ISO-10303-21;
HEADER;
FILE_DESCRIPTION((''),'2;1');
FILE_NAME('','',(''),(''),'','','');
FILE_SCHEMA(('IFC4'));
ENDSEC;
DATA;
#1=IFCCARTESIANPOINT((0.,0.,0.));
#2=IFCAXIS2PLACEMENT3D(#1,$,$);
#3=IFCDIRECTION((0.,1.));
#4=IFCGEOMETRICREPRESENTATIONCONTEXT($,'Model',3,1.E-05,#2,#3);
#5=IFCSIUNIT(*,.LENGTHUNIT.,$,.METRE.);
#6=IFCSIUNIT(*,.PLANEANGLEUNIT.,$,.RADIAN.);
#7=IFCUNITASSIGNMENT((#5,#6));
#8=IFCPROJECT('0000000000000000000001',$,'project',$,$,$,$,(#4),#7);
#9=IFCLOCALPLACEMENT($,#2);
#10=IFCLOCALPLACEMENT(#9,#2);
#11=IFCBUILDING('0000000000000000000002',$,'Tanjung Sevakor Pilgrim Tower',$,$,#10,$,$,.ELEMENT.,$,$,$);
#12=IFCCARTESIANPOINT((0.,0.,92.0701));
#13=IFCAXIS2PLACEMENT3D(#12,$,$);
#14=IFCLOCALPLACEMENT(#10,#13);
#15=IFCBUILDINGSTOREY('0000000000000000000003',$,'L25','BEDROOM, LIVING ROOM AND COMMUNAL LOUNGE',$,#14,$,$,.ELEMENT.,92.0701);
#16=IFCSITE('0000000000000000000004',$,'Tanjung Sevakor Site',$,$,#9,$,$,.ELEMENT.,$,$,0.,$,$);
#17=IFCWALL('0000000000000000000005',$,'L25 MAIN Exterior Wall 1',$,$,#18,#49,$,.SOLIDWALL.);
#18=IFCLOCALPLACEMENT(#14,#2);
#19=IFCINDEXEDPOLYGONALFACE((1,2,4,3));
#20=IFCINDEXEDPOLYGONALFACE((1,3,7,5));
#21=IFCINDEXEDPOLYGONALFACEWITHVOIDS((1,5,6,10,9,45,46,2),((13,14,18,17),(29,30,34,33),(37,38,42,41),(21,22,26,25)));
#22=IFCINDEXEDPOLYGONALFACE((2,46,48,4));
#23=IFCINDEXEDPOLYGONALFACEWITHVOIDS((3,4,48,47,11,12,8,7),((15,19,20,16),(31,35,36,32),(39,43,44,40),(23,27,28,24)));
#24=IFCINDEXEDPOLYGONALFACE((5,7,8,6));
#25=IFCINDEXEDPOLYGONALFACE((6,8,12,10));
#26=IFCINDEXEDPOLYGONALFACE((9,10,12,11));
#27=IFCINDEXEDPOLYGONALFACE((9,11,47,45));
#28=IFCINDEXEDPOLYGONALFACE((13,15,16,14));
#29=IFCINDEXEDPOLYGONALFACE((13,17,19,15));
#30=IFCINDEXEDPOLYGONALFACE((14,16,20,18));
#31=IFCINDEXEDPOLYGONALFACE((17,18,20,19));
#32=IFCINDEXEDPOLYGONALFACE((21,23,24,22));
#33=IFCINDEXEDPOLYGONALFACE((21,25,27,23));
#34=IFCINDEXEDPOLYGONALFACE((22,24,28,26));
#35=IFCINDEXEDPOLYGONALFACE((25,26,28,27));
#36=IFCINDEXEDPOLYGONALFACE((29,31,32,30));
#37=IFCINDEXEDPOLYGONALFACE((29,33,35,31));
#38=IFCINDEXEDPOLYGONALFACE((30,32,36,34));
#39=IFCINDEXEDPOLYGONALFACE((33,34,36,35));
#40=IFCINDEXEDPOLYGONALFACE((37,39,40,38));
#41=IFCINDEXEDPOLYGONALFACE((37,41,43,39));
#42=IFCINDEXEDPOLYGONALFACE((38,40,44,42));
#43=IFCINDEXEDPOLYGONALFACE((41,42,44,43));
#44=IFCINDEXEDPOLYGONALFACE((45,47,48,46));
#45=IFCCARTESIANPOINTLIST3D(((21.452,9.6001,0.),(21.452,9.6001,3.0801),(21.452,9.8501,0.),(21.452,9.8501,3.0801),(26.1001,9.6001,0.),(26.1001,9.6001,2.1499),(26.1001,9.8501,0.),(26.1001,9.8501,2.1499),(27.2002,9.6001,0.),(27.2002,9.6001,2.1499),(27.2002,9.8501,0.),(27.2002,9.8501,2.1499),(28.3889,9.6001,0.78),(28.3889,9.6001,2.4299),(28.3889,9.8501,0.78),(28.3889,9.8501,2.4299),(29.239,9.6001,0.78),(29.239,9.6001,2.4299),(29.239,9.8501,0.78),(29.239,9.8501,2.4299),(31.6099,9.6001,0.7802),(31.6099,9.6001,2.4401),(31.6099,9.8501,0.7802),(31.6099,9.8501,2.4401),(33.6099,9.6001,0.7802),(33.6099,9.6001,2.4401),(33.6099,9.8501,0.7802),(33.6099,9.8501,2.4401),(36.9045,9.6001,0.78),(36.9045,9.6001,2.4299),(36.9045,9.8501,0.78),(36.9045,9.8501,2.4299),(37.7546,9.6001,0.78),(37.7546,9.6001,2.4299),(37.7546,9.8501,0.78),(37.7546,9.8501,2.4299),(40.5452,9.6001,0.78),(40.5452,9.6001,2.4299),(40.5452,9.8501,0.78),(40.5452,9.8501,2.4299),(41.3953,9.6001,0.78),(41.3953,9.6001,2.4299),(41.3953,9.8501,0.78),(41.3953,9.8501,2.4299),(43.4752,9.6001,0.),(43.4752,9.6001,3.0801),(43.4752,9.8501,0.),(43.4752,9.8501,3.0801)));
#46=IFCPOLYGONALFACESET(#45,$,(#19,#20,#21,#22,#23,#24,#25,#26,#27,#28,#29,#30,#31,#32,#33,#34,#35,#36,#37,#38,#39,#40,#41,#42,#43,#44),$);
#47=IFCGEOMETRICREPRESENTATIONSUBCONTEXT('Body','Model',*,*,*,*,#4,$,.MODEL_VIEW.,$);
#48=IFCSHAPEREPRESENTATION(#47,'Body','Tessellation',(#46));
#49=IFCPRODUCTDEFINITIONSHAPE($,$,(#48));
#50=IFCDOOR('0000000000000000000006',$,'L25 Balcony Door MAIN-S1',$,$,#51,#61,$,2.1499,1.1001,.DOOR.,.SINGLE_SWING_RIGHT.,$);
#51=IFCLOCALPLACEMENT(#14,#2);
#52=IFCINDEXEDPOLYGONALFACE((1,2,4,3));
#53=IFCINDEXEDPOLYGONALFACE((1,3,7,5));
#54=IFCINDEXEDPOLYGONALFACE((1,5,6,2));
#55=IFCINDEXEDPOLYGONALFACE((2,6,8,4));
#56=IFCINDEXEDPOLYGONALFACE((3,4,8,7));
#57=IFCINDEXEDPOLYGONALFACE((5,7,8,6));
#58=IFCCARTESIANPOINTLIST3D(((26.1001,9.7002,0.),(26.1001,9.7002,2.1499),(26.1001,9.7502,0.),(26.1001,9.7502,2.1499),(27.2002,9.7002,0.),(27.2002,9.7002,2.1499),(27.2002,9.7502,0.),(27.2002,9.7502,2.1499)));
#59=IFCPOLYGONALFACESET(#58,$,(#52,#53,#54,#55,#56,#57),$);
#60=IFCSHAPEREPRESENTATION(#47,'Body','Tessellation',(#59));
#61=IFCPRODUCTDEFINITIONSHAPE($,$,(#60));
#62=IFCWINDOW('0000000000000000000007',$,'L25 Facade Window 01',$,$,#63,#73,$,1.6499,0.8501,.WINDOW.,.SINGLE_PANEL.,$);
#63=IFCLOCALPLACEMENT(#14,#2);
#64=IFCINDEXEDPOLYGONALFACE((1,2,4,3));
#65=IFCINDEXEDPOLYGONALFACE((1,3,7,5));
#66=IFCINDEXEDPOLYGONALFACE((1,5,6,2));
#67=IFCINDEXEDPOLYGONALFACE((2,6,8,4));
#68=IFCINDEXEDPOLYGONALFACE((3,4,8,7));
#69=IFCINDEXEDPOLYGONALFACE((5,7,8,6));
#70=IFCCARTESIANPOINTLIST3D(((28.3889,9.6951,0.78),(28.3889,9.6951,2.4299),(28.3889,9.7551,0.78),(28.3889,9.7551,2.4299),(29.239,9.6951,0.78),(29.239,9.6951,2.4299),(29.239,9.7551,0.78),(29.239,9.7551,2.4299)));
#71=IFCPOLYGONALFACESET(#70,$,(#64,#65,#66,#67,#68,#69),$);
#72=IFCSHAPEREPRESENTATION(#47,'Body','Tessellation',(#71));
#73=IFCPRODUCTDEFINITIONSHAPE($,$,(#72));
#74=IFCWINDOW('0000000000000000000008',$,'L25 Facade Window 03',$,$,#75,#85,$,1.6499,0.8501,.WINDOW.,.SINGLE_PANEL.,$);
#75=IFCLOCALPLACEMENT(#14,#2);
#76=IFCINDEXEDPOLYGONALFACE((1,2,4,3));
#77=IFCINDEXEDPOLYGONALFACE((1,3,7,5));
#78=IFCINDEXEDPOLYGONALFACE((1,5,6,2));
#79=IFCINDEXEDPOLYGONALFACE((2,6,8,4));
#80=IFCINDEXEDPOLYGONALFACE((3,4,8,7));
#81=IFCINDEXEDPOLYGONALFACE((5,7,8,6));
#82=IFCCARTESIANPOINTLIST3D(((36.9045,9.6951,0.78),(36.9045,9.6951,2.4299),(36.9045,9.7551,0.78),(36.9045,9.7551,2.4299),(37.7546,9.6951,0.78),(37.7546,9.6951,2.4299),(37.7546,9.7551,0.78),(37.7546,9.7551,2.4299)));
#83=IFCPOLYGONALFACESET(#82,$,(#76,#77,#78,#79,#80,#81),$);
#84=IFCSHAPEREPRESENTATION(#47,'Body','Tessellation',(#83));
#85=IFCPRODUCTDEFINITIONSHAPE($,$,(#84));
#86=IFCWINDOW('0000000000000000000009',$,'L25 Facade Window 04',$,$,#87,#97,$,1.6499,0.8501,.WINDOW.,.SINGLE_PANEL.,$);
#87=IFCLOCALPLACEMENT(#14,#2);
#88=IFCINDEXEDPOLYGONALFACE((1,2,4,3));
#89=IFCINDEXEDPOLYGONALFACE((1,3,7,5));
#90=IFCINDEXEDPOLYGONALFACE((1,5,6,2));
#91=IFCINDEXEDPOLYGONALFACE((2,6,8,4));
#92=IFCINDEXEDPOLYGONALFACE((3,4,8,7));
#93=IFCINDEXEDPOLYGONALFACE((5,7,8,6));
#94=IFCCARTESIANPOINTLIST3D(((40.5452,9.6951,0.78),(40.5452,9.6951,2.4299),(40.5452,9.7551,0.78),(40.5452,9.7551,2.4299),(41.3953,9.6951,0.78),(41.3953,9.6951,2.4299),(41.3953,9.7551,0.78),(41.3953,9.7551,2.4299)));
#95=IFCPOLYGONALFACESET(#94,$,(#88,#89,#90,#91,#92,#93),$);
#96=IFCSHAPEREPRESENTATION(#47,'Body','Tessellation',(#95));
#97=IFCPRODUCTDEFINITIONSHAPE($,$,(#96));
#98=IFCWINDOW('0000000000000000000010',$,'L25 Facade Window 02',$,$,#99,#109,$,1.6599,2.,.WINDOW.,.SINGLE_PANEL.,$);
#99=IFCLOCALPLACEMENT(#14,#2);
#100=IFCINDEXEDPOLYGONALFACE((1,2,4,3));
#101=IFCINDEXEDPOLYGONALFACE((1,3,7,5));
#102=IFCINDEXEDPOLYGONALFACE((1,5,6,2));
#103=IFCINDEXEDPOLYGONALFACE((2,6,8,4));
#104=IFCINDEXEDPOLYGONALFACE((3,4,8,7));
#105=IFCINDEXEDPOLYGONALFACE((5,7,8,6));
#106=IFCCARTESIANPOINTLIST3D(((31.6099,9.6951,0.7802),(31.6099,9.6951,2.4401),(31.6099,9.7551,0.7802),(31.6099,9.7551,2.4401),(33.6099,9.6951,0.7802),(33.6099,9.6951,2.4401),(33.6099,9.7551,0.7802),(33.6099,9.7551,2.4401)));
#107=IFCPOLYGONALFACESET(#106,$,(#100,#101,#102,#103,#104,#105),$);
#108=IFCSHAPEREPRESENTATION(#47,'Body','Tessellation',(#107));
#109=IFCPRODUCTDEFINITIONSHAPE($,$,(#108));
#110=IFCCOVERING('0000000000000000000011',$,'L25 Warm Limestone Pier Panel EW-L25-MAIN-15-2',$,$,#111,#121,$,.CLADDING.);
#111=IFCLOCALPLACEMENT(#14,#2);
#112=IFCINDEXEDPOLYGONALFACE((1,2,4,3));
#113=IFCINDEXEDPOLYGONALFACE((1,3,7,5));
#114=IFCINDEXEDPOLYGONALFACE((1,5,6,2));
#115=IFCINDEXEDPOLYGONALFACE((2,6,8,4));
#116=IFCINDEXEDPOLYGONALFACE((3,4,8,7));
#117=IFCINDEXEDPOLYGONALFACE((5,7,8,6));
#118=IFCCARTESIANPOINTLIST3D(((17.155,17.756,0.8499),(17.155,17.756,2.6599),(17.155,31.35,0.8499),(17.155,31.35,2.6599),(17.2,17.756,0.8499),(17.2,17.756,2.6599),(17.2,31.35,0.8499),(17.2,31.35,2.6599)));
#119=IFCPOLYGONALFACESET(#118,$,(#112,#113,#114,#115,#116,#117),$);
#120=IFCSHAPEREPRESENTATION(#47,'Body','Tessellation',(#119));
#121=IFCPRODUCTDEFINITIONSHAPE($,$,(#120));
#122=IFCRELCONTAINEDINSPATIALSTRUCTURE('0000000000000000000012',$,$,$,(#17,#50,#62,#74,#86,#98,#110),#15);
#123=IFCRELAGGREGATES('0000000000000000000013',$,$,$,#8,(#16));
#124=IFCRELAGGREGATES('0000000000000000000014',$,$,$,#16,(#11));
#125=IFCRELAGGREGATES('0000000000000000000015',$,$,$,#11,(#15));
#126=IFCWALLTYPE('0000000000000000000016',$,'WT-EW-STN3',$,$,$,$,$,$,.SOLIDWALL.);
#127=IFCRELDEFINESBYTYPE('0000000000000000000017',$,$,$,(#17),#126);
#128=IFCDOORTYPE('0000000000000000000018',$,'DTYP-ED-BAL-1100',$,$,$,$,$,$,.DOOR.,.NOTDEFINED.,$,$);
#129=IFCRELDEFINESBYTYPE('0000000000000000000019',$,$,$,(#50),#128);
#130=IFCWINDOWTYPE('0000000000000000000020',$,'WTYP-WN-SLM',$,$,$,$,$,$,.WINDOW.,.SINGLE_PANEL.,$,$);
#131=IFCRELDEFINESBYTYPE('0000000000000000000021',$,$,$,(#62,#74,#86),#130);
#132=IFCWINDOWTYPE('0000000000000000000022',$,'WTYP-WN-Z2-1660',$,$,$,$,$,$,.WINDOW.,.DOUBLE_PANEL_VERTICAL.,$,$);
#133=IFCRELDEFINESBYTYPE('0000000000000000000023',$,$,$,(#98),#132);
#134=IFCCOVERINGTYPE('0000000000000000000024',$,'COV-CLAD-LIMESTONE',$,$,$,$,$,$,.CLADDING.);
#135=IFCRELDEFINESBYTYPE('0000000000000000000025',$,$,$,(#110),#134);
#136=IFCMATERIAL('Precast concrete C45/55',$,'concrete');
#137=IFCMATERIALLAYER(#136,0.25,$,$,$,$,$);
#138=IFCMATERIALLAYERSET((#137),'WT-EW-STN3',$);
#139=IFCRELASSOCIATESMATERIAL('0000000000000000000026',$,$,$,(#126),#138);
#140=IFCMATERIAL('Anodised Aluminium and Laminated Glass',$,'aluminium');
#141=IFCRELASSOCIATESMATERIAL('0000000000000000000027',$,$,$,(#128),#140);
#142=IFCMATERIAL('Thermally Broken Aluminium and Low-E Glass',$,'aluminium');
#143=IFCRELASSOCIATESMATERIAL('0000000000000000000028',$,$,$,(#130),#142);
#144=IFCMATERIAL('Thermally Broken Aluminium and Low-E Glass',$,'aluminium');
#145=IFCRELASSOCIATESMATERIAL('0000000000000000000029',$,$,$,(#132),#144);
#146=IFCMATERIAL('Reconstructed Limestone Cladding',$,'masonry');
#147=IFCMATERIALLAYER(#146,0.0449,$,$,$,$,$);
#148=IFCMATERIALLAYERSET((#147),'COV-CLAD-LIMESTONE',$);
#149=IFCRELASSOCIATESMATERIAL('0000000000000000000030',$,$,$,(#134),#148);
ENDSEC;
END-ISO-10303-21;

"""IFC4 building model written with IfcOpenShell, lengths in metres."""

from ifc_helpers import new_model, si_unit, direction, frame, frame_2d, origin, origin_2d, place, context, subcontext, project, spatial, rectangle, extrude, material, layer, layer_set, type_object, element, fill, save


model = new_model("IFC4")

# Units and contexts
model_context = context("Model", 3, precision=1e-05, world=origin(), true_north=direction((0.0, 1.0)))
body_context = subcontext(model_context, "Body", "Model", "MODEL_VIEW")
ifc_project = project(units=[si_unit("LENGTHUNIT", "METRE"), si_unit("PLANEANGLEUNIT", "RADIAN")], contexts=[model_context])

# Site, building, storey
site_placement = place(None, origin())
site = spatial("IfcSite", under=ifc_project, at=site_placement, Name="Tanjung Sevakor Site", CompositionType="ELEMENT", RefElevation=0.0)
building_placement = place(site_placement, origin())
building = spatial("IfcBuilding", under=site, at=building_placement, Name="Tanjung Sevakor Pilgrim Tower", CompositionType="ELEMENT")
storey_placement = place(building_placement, frame((0.0, 0.0, 92.0701)))
storey = spatial("IfcBuildingStorey", under=building, at=storey_placement, Name="L25", Description="BEDROOM, LIVING ROOM AND COMMUNAL LOUNGE", CompositionType="ELEMENT", Elevation=92.0701)

# Wall, openings, door, windows
ifc_material_1 = material(Name="Precast concrete C45/55", Category="concrete")
ifc_layer_1 = layer(ifc_material_1, 0.25)
ifc_layer_set_1 = layer_set([ifc_layer_1], Name="WT-EW-STN3")
wall_type_1 = type_object("IfcWallType", Name="WT-EW-STN3", PredefinedType="SOLIDWALL", material=ifc_layer_set_1)
wall_1_placement = place(storey_placement, frame((21.4519, 9.7251, 0.0), z_axis=(0.0, 0.0, 1.0), x_axis=(1.0, 0.0, 0.0)))
wall_1 = element("IfcWall", 1, at=wall_1_placement, inside=storey, type_object=wall_type_1, Name="L25 MAIN Exterior Wall 1", PredefinedType="SOLIDWALL", context=body_context, shape_type="SweptSolid", body=[
    extrude(rectangle(XDim=22.0232, YDim=0.25, at=frame_2d((11.0117, 0.0))), origin(), (0.0, 0.0, 1.0), 3.0801),
])
opening_1_placement = place(wall_1_placement, frame((4.6482, 0.0, 0.0)))
opening_1 = element("IfcOpeningElement", 2, at=opening_1_placement, cuts=wall_1, PredefinedType="OPENING", context=body_context, shape_type="SweptSolid", body=[
    extrude(rectangle(XDim=1.1001, YDim=2.1499, at=frame_2d((0.55, 1.075))), frame((0.0, 0.135, 0.0), z_axis=(0.0, -1.0, 0.0), x_axis=(1.0, 0.0, 0.0)), (0.0, 0.0, 1.0), 0.27),
])
opening_2_placement = place(wall_1_placement, frame((6.937, 0.0, 0.78)))
opening_2 = element("IfcOpeningElement", 3, at=opening_2_placement, cuts=wall_1, PredefinedType="OPENING", context=body_context, shape_type="SweptSolid", body=[
    extrude(rectangle(XDim=0.8501, YDim=1.6499, at=frame_2d((0.425, 0.825))), frame((0.0, 0.135, 0.0), z_axis=(0.0, -1.0, 0.0), x_axis=(1.0, 0.0, 0.0)), (0.0, 0.0, 1.0), 0.27),
])
opening_3_placement = place(wall_1_placement, frame((10.158, 0.0, 0.78)))
opening_3 = element("IfcOpeningElement", 4, at=opening_3_placement, cuts=wall_1, PredefinedType="OPENING", context=body_context, shape_type="SweptSolid", body=[
    extrude(rectangle(XDim=2.0, YDim=1.6599, at=frame_2d((1.0, 0.8301))), frame((0.0, 0.135, 0.0), z_axis=(0.0, -1.0, 0.0), x_axis=(1.0, 0.0, 0.0)), (0.0, 0.0, 1.0), 0.27),
])
opening_4_placement = place(wall_1_placement, frame((15.4526, 0.0, 0.78)))
opening_4 = element("IfcOpeningElement", 5, at=opening_4_placement, cuts=wall_1, PredefinedType="OPENING", context=body_context, shape_type="SweptSolid", body=[
    extrude(rectangle(XDim=0.8501, YDim=1.6499, at=frame_2d((0.425, 0.825))), frame((0.0, 0.135, 0.0), z_axis=(0.0, -1.0, 0.0), x_axis=(1.0, 0.0, 0.0)), (0.0, 0.0, 1.0), 0.27),
])
opening_5_placement = place(wall_1_placement, frame((19.0933, 0.0, 0.78)))
opening_5 = element("IfcOpeningElement", 6, at=opening_5_placement, cuts=wall_1, PredefinedType="OPENING", context=body_context, shape_type="SweptSolid", body=[
    extrude(rectangle(XDim=0.8501, YDim=1.6499, at=frame_2d((0.425, 0.825))), frame((0.0, 0.135, 0.0), z_axis=(0.0, -1.0, 0.0), x_axis=(1.0, 0.0, 0.0)), (0.0, 0.0, 1.0), 0.27),
])
ifc_material_2 = material(Name="Anodised Aluminium and Laminated Glass", Category="aluminium")
door_type_1 = type_object("IfcDoorType", Name="DTYP-ED-BAL-1100", OperationType="NOTDEFINED", PredefinedType="DOOR", material=ifc_material_2)
door_1_placement = place(opening_1_placement, frame((1.1001, 0.0, 0.0), z_axis=(0.0, 0.0, 1.0), x_axis=(-1.0, 0.0, 0.0)))
door_1 = element("IfcDoor", 7, at=door_1_placement, inside=storey, type_object=door_type_1, Name="L25 Balcony Door MAIN-S1", OperationType="SINGLE_SWING_RIGHT", OverallHeight=2.1499, OverallWidth=1.1001, PredefinedType="DOOR", context=body_context, shape_type="SweptSolid", body=[
    extrude(rectangle(XDim=1.1001, YDim=2.1499, at=frame_2d((0.55, 1.075))), frame((0.0, 0.0249, 0.0), z_axis=(0.0, -1.0, 0.0), x_axis=(1.0, 0.0, 0.0)), (0.0, 0.0, 1.0), 0.05),
])
fill(opening_1, door_1)
ifc_material_3 = material(Name="Thermally Broken Aluminium and Low-E Glass", Category="aluminium")
window_type_1 = type_object("IfcWindowType", Name="WTYP-WN-SLM", PartitioningType="SINGLE_PANEL", PredefinedType="WINDOW", material=ifc_material_3)
window_1_placement = place(opening_2_placement, origin())
window_1 = element("IfcWindow", 8, at=window_1_placement, inside=storey, type_object=window_type_1, Name="L25 Facade Window 01", OverallHeight=1.6499, OverallWidth=0.8501, PartitioningType="SINGLE_PANEL", PredefinedType="WINDOW", context=body_context, shape_type="SweptSolid", body=[
    extrude(rectangle(XDim=0.8501, YDim=1.6499, at=frame_2d((0.425, 0.825))), frame((0.0, 0.03, 0.0), z_axis=(0.0, -1.0, 0.0), x_axis=(1.0, 0.0, 0.0)), (0.0, 0.0, 1.0), 0.0601),
])
fill(opening_2, window_1)
window_2_placement = place(opening_4_placement, origin())
window_2 = element("IfcWindow", 9, at=window_2_placement, inside=storey, type_object=window_type_1, Name="L25 Facade Window 03", OverallHeight=1.6499, OverallWidth=0.8501, PartitioningType="SINGLE_PANEL", PredefinedType="WINDOW", context=body_context, shape_type="SweptSolid", body=[
    extrude(rectangle(XDim=0.8501, YDim=1.6499, at=frame_2d((0.425, 0.825))), frame((0.0, 0.03, 0.0), z_axis=(0.0, -1.0, 0.0), x_axis=(1.0, 0.0, 0.0)), (0.0, 0.0, 1.0), 0.0601),
])
fill(opening_4, window_2)
window_3_placement = place(opening_5_placement, origin())
window_3 = element("IfcWindow", 10, at=window_3_placement, inside=storey, type_object=window_type_1, Name="L25 Facade Window 04", OverallHeight=1.6499, OverallWidth=0.8501, PartitioningType="SINGLE_PANEL", PredefinedType="WINDOW", context=body_context, shape_type="SweptSolid", body=[
    extrude(rectangle(XDim=0.8501, YDim=1.6499, at=frame_2d((0.425, 0.825))), frame((0.0, 0.03, 0.0), z_axis=(0.0, -1.0, 0.0), x_axis=(1.0, 0.0, 0.0)), (0.0, 0.0, 1.0), 0.0601),
])
fill(opening_5, window_3)
ifc_material_4 = material(Name="Thermally Broken Aluminium and Low-E Glass", Category="aluminium")
window_type_2 = type_object("IfcWindowType", Name="WTYP-WN-Z2-1660", PartitioningType="DOUBLE_PANEL_VERTICAL", PredefinedType="WINDOW", material=ifc_material_4)
window_4_placement = place(opening_3_placement, origin())
window_4 = element("IfcWindow", 11, at=window_4_placement, inside=storey, type_object=window_type_2, Name="L25 Facade Window 02", OverallHeight=1.6599, OverallWidth=2.0, PartitioningType="SINGLE_PANEL", PredefinedType="WINDOW", context=body_context, shape_type="SweptSolid", body=[
    extrude(rectangle(XDim=2.0, YDim=1.6599, at=frame_2d((1.0, 0.8301))), frame((0.0, 0.03, 0.0), z_axis=(0.0, -1.0, 0.0), x_axis=(1.0, 0.0, 0.0)), (0.0, 0.0, 1.0), 0.0601),
])
fill(opening_3, window_4)

# Covering
ifc_material_5 = material(Name="Reconstructed Limestone Cladding", Category="masonry")
ifc_layer_2 = layer(ifc_material_5, 0.0449)
ifc_layer_set_2 = layer_set([ifc_layer_2], Name="COV-CLAD-LIMESTONE")
covering_type = type_object("IfcCoveringType", Name="COV-CLAD-LIMESTONE", PredefinedType="CLADDING", material=ifc_layer_set_2)
covering_placement = place(storey_placement, frame((17.1775, 24.553, 0.8499), z_axis=(0.0, 0.0, 1.0), x_axis=(0.0, -1.0, 0.0)))
element("IfcCovering", 12, at=covering_placement, inside=storey, type_object=covering_type, Name="L25 Warm Limestone Pier Panel EW-L25-MAIN-15-2", PredefinedType="CLADDING", context=body_context, shape_type="SweptSolid", body=[
    extrude(rectangle(XDim=13.594, YDim=0.0449, at=origin_2d()), origin(), (0.0, 0.0, 1.0), 1.8101),
])

save(model, "model.ifc")
